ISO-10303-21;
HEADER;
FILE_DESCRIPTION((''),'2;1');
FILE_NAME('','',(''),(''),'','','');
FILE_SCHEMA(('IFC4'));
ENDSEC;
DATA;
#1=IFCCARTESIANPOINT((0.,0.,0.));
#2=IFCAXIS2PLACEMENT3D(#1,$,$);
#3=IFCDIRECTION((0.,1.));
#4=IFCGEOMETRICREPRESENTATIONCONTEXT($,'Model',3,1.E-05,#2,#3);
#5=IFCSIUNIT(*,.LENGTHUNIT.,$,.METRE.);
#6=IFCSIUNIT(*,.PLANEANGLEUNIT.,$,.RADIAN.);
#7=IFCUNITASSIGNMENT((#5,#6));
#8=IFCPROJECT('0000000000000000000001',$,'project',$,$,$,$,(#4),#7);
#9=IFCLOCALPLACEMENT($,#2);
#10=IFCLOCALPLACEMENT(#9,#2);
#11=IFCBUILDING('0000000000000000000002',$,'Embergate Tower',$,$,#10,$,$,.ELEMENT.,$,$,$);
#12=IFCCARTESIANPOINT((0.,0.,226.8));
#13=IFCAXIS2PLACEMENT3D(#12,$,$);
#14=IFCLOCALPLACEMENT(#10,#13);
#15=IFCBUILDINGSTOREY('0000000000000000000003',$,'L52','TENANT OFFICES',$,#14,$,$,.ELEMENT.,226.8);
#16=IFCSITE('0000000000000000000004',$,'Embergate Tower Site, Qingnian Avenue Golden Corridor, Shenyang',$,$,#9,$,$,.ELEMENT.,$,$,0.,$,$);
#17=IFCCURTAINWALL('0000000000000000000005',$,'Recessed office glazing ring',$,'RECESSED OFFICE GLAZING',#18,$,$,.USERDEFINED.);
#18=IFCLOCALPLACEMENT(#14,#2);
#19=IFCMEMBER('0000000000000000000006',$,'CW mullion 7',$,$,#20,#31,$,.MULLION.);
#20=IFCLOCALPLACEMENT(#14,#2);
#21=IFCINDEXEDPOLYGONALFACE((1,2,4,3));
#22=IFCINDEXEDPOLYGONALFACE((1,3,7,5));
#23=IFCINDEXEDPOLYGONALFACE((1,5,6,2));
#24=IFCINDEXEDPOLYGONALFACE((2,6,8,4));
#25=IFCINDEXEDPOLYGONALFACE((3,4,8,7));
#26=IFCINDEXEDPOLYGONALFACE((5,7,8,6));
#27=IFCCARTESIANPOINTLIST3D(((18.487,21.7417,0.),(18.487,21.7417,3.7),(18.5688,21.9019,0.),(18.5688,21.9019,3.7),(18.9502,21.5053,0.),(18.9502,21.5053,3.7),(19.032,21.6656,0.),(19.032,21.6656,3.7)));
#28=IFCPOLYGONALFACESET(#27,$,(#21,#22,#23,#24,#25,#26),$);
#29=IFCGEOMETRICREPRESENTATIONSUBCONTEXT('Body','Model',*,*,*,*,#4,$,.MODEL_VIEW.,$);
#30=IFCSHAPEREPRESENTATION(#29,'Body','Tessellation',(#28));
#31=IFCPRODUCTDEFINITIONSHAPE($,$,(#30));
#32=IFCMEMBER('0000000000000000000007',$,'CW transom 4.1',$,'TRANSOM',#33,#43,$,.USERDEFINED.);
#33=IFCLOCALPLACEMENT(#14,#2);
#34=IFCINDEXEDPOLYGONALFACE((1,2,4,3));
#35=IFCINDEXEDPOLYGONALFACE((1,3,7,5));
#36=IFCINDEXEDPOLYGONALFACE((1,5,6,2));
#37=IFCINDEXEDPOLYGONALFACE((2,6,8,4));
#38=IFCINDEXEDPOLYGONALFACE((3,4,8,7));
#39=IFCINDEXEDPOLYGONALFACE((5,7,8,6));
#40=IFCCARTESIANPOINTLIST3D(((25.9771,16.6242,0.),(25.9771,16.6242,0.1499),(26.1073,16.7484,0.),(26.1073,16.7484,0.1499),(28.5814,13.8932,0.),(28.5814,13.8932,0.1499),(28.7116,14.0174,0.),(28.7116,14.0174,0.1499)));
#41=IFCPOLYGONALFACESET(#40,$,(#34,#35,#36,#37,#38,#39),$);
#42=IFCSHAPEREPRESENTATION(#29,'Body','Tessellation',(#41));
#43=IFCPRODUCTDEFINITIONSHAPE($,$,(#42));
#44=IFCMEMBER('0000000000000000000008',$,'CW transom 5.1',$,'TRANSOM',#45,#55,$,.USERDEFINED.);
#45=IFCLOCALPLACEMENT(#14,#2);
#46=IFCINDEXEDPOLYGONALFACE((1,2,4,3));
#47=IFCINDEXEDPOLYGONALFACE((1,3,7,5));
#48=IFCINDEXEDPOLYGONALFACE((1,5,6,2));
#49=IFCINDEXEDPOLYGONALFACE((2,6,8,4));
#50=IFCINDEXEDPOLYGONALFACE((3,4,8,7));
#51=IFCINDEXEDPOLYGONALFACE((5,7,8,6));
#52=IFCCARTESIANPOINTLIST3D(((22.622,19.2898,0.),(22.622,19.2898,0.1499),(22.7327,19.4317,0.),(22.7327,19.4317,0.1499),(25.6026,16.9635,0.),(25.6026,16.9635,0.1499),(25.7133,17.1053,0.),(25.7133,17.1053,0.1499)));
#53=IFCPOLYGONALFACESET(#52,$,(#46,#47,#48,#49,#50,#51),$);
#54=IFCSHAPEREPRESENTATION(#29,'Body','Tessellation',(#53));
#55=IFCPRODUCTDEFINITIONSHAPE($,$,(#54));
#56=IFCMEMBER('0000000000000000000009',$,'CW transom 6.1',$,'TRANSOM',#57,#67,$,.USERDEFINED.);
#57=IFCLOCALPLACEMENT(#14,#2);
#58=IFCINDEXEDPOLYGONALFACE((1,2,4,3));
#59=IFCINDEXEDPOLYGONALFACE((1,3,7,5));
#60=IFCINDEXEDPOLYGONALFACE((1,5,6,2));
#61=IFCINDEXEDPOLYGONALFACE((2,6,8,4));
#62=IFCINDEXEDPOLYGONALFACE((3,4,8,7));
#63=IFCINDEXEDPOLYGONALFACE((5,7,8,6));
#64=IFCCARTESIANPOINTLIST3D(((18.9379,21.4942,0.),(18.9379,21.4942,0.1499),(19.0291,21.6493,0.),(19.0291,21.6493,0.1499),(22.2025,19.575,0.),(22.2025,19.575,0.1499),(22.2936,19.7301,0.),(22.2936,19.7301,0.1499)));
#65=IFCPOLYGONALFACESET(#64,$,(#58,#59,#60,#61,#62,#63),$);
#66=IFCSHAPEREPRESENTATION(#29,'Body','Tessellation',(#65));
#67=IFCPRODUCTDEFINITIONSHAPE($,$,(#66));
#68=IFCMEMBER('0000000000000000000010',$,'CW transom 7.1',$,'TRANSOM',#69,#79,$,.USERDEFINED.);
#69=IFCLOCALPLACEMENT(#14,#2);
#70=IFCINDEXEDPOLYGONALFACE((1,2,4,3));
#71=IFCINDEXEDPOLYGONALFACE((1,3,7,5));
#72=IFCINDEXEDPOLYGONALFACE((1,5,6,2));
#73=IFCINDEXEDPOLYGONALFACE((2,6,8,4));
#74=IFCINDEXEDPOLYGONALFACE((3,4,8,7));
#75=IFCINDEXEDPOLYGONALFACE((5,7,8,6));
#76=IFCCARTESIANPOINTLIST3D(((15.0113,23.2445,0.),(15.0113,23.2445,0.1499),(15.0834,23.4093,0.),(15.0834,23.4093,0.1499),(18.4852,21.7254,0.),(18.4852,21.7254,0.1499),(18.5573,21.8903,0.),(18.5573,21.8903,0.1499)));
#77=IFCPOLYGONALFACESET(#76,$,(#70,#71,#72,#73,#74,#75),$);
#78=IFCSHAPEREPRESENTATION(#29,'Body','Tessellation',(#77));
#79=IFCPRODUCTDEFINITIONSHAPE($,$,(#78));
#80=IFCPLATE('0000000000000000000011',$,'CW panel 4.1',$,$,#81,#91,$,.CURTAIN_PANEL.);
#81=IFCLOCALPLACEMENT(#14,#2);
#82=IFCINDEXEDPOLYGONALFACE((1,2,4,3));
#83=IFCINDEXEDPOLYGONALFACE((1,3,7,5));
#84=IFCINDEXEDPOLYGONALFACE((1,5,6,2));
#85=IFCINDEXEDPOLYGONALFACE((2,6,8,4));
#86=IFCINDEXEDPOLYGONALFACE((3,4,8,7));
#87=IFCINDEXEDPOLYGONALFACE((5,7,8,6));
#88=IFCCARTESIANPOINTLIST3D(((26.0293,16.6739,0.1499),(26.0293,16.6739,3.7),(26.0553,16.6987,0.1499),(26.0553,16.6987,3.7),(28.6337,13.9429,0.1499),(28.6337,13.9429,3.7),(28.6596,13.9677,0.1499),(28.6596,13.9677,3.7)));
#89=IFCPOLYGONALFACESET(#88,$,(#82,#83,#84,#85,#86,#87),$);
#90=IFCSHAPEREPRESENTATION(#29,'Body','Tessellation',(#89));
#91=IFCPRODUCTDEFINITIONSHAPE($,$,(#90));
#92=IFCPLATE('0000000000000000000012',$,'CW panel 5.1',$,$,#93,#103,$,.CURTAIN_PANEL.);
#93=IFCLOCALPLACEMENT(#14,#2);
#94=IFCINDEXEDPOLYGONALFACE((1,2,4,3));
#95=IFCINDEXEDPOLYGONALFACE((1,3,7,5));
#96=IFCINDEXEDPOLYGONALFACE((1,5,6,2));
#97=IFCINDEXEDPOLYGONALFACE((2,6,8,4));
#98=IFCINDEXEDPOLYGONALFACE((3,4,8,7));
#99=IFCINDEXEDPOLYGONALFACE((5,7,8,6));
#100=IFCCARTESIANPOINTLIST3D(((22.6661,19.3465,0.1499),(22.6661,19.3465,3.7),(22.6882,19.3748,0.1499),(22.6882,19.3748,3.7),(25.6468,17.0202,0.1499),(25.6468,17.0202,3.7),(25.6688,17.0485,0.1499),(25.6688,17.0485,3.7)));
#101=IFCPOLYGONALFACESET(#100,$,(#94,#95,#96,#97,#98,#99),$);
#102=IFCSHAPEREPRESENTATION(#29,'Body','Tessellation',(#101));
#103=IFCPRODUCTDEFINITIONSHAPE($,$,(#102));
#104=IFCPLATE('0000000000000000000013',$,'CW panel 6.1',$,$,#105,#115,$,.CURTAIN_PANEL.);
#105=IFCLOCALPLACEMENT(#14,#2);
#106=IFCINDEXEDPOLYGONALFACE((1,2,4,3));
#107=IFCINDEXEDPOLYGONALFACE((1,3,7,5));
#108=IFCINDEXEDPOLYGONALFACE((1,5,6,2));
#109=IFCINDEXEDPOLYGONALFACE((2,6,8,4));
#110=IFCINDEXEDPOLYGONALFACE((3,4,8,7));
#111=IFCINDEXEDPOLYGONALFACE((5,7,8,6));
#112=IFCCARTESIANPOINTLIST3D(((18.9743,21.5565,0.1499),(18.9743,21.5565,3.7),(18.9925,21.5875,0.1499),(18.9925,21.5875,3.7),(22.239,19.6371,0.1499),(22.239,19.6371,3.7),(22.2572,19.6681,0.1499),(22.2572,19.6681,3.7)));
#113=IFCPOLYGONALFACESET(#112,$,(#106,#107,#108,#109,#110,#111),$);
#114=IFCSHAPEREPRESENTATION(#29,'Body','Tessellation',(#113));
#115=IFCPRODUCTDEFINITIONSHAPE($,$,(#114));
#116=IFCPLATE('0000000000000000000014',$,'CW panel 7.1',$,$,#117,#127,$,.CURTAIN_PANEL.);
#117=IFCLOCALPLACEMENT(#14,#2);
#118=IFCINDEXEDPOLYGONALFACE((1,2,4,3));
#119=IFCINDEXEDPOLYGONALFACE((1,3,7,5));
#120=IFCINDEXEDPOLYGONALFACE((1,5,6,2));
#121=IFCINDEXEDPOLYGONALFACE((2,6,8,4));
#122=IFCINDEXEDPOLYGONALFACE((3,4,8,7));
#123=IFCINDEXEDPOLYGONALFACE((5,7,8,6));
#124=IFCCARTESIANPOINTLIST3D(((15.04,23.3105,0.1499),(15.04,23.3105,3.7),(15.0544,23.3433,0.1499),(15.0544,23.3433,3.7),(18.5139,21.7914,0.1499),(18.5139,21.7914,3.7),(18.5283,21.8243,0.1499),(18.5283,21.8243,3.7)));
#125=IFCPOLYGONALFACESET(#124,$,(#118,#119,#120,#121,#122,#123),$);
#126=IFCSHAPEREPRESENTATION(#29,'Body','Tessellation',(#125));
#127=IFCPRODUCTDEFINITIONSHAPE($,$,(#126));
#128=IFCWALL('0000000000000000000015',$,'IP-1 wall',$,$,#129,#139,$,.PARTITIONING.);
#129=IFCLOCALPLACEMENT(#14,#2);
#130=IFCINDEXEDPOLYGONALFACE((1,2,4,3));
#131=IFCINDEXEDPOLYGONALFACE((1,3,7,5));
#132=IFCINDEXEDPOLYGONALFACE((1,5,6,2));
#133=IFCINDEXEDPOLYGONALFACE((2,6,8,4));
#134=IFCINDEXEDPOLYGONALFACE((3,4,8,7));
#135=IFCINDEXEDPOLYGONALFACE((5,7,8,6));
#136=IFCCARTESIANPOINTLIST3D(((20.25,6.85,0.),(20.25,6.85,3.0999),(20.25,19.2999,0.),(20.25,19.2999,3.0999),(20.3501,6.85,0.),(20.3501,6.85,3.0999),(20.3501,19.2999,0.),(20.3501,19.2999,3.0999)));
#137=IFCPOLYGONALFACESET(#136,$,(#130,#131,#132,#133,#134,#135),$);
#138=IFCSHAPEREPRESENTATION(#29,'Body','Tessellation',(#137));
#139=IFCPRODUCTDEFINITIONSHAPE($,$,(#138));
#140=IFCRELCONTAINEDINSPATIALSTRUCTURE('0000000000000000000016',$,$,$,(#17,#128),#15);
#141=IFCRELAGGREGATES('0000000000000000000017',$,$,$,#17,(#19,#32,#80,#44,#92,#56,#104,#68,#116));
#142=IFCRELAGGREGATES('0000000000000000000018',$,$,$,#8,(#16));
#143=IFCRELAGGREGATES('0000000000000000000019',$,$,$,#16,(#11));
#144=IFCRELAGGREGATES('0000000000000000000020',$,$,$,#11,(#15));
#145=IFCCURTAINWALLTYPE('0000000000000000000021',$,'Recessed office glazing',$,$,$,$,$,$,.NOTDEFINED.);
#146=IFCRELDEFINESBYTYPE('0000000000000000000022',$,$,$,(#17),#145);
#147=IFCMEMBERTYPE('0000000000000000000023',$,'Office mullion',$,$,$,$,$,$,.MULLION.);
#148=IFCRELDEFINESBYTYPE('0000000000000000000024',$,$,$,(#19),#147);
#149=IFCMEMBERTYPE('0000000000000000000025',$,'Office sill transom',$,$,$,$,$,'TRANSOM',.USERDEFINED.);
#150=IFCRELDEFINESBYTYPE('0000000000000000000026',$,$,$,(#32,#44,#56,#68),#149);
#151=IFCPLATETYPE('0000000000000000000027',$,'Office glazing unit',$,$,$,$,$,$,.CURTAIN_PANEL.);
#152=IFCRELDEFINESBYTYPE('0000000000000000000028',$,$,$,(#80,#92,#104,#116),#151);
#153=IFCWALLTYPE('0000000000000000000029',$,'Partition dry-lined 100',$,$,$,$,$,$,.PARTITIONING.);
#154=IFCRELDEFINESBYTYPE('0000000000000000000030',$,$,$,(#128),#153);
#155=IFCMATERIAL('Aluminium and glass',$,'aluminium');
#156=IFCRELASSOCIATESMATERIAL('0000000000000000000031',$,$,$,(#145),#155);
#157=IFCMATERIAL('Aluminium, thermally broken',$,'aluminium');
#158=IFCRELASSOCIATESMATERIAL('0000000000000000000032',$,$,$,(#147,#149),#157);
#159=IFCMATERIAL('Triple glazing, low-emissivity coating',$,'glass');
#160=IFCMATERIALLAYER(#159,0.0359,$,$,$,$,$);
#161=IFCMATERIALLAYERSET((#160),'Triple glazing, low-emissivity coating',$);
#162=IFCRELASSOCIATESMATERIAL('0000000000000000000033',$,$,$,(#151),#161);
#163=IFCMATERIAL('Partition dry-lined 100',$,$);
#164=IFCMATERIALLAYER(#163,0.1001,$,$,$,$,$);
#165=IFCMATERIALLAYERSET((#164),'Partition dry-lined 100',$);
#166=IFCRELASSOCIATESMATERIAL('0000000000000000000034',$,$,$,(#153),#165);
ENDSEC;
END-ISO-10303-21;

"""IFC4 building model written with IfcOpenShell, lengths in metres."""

from ifc_helpers import new_model, si_unit, direction, frame, frame_2d, origin, origin_2d, place, context, subcontext, project, spatial, rectangle, extrude, source, transform, mapped, material, layer, layer_set, material_profile, profile_set, type_object, element, aggregate, save


model = new_model("IFC4")

# Units and contexts
model_context = context("Model", 3, precision=1e-05, world=origin(), true_north=direction((0.0, 1.0)))
body_context = subcontext(model_context, "Body", "Model", "MODEL_VIEW")
ifc_project = project(units=[si_unit("LENGTHUNIT", "METRE"), si_unit("PLANEANGLEUNIT", "RADIAN")], contexts=[model_context])

# Site, building, storey
site_placement = place(None, origin())
site = spatial("IfcSite", under=ifc_project, at=site_placement, Name="Embergate Tower Site, Qingnian Avenue Golden Corridor, Shenyang", CompositionType="ELEMENT", RefElevation=0.0)
building_placement = place(site_placement, origin())
building = spatial("IfcBuilding", under=site, at=building_placement, Name="Embergate Tower", CompositionType="ELEMENT")
storey_placement = place(building_placement, frame((0.0, 0.0, 226.8)))
storey = spatial("IfcBuildingStorey", under=building, at=storey_placement, Name="L52", Description="TENANT OFFICES", CompositionType="ELEMENT", Elevation=226.8)

# Curtain wall, members, plates
ifc_material_1 = material(Name="Aluminium and glass", Category="aluminium")
curtain_wall_type = type_object("IfcCurtainWallType", Name="Recessed office glazing", PredefinedType="NOTDEFINED", material=ifc_material_1)
curtain_wall_placement = place(storey_placement, origin())
curtain_wall = element("IfcCurtainWall", 1, at=curtain_wall_placement, inside=storey, type_object=curtain_wall_type, Name="Recessed office glazing ring", ObjectType="RECESSED OFFICE GLAZING", PredefinedType="USERDEFINED")
ifc_material_2 = material(Name="Aluminium, thermally broken", Category="aluminium")
ifc_material_profile_1 = material_profile(ifc_material_2, rectangle(XDim=0.1799, YDim=0.52, at=origin_2d()), Name="AL 520x180")
ifc_profile_set_1 = profile_set([ifc_material_profile_1], Name="Aluminium, thermally broken")
member_type_1 = type_object("IfcMemberType", Name="Office mullion", PredefinedType="MULLION", material=ifc_profile_set_1)
shared_shape_1 = source(origin(), body_context, "Body", "SweptSolid", [
    extrude(rectangle(XDim=0.1799, YDim=0.52, at=origin_2d()), origin(), (0.0, 0.0, 1.0), 3.7),
])
member_1_placement = place(storey_placement, frame((18.7595, 21.7036, 0.0), z_axis=(0.0, 0.0, 1.0), x_axis=(-0.454513, -0.89074, 0.0)))
member_1 = element("IfcMember", 2, at=member_1_placement, type_object=member_type_1, Name="CW mullion 7", PredefinedType="MULLION", context=body_context, shape_type="MappedRepresentation", body=[
    mapped(shared_shape_1, transform((0.0, 0.0, 0.0))),
])
ifc_material_profile_2 = material_profile(ifc_material_2, rectangle(XDim=0.1799, YDim=0.1499, at=origin_2d()), Name="AL 150x180")
ifc_profile_set_2 = profile_set([ifc_material_profile_2], Name="Aluminium, thermally broken")
member_type_2 = type_object("IfcMemberType", Name="Office sill transom", ElementType="TRANSOM", PredefinedType="USERDEFINED", material=ifc_profile_set_2)
shared_shape_2 = source(origin(), body_context, "Body", "SweptSolid", [
    extrude(rectangle(XDim=0.1799, YDim=0.1499, at=origin_2d()), origin(), (0.0, 0.0, 1.0), 3.7737),
])
member_2_placement = place(storey_placement, frame((28.6465, 13.9553, 0.075), z_axis=(-0.690119, 0.723696, 0.0), x_axis=(-0.723696, -0.690119, 0.0)))
member_2 = element("IfcMember", 3, at=member_2_placement, type_object=member_type_2, Name="CW transom 4.1", ObjectType="TRANSOM", PredefinedType="USERDEFINED", context=body_context, shape_type="MappedRepresentation", body=[
    mapped(shared_shape_2, transform((0.0, 0.0, 0.0))),
])
shared_shape_3 = source(origin(), body_context, "Body", "SweptSolid", [
    extrude(rectangle(XDim=0.1799, YDim=0.1499, at=origin_2d()), origin(), (0.0, 0.0, 1.0), 3.781),
])
member_3_placement = place(storey_placement, frame((25.658, 17.0344, 0.075), z_axis=(-0.788315, 0.615272, 0.0), x_axis=(-0.615272, -0.788315, 0.0)))
member_3 = element("IfcMember", 4, at=member_3_placement, type_object=member_type_2, Name="CW transom 5.1", ObjectType="TRANSOM", PredefinedType="USERDEFINED", context=body_context, shape_type="MappedRepresentation", body=[
    mapped(shared_shape_3, transform((0.0, 0.0, 0.0))),
])
shared_shape_4 = source(origin(), body_context, "Body", "SweptSolid", [
    extrude(rectangle(XDim=0.1799, YDim=0.1499, at=origin_2d()), origin(), (0.0, 0.0, 1.0), 3.7869),
])
member_4_placement = place(storey_placement, frame((22.248, 19.6526, 0.075), z_axis=(-0.862072, 0.506786, 0.0), x_axis=(-0.506786, -0.862072, 0.0)))
member_4 = element("IfcMember", 5, at=member_4_placement, type_object=member_type_2, Name="CW transom 6.1", ObjectType="TRANSOM", PredefinedType="USERDEFINED", context=body_context, shape_type="MappedRepresentation", body=[
    mapped(shared_shape_4, transform((0.0, 0.0, 0.0))),
])
shared_shape_5 = source(origin(), body_context, "Body", "SweptSolid", [
    extrude(rectangle(XDim=0.1799, YDim=0.1499, at=origin_2d()), origin(), (0.0, 0.0, 1.0), 3.7915),
])
member_5_placement = place(storey_placement, frame((18.5212, 21.8079, 0.075), z_axis=(-0.916233, 0.400647, 0.0), x_axis=(-0.400647, -0.916233, 0.0)))
member_5 = element("IfcMember", 6, at=member_5_placement, type_object=member_type_2, Name="CW transom 7.1", ObjectType="TRANSOM", PredefinedType="USERDEFINED", context=body_context, shape_type="MappedRepresentation", body=[
    mapped(shared_shape_5, transform((0.0, 0.0, 0.0))),
])
ifc_material_3 = material(Name="Triple glazing, low-emissivity coating", Category="glass")
ifc_layer_1 = layer(ifc_material_3, 0.0359)
ifc_layer_set_1 = layer_set([ifc_layer_1], Name="Triple glazing, low-emissivity coating")
plate_type = type_object("IfcPlateType", Name="Office glazing unit", PredefinedType="CURTAIN_PANEL", material=ifc_layer_set_1)
shared_shape_6 = source(origin(), body_context, "Body", "SweptSolid", [
    extrude(rectangle(XDim=3.7737, YDim=0.0359, at=origin_2d()), origin(), (0.0, 0.0, 1.0), 3.55),
])
plate_1_placement = place(storey_placement, frame((27.3445, 15.3208, 0.1499), z_axis=(0.0, 0.0, 1.0), x_axis=(-0.69013, 0.723685, 0.0)))
plate_1 = element("IfcPlate", 7, at=plate_1_placement, type_object=plate_type, Name="CW panel 4.1", PredefinedType="CURTAIN_PANEL", context=body_context, shape_type="MappedRepresentation", body=[
    mapped(shared_shape_6, transform((0.0, 0.0, 0.0))),
])
shared_shape_7 = source(origin(), body_context, "Body", "SweptSolid", [
    extrude(rectangle(XDim=3.781, YDim=0.0359, at=origin_2d()), origin(), (0.0, 0.0, 1.0), 3.55),
])
plate_2_placement = place(storey_placement, frame((24.1675, 18.1975, 0.1499), z_axis=(0.0, 0.0, 1.0), x_axis=(-0.788317, 0.615269, 0.0)))
plate_2 = element("IfcPlate", 8, at=plate_2_placement, type_object=plate_type, Name="CW panel 5.1", PredefinedType="CURTAIN_PANEL", context=body_context, shape_type="MappedRepresentation", body=[
    mapped(shared_shape_7, transform((0.0, 0.0, 0.0))),
])
shared_shape_8 = source(origin(), body_context, "Body", "SweptSolid", [
    extrude(rectangle(XDim=3.7871, YDim=0.0359, at=origin_2d()), origin(), (0.0, 0.0, 1.0), 3.55),
])
plate_3_placement = place(storey_placement, frame((20.6157, 20.6123, 0.1499), z_axis=(0.0, 0.0, 1.0), x_axis=(-0.862051, 0.506822, 0.0)))
plate_3 = element("IfcPlate", 9, at=plate_3_placement, type_object=plate_type, Name="CW panel 6.1", PredefinedType="CURTAIN_PANEL", context=body_context, shape_type="MappedRepresentation", body=[
    mapped(shared_shape_8, transform((0.0, 0.0, 0.0))),
])
shared_shape_9 = source(origin(), body_context, "Body", "SweptSolid", [
    extrude(rectangle(XDim=3.7915, YDim=0.0359, at=origin_2d()), origin(), (0.0, 0.0, 1.0), 3.55),
])
plate_4_placement = place(storey_placement, frame((16.7842, 22.5674, 0.1499), z_axis=(0.0, 0.0, 1.0), x_axis=(-0.916234, 0.400643, 0.0)))
plate_4 = element("IfcPlate", 10, at=plate_4_placement, type_object=plate_type, Name="CW panel 7.1", PredefinedType="CURTAIN_PANEL", context=body_context, shape_type="MappedRepresentation", body=[
    mapped(shared_shape_9, transform((0.0, 0.0, 0.0))),
])
aggregate(curtain_wall, [member_1, member_2, plate_1, member_3, plate_2, member_4, plate_3, member_5, plate_4])

# Wall
ifc_material_4 = material(Name="Partition dry-lined 100")
ifc_layer_2 = layer(ifc_material_4, 0.1001)
ifc_layer_set_2 = layer_set([ifc_layer_2], Name="Partition dry-lined 100")
wall_type = type_object("IfcWallType", Name="Partition dry-lined 100", PredefinedType="PARTITIONING", material=ifc_layer_set_2)
shared_shape_10 = source(origin(), body_context, "Body", "SweptSolid", [
    extrude(rectangle(XDim=12.45, YDim=0.1001, at=frame_2d((6.2251, 0.0))), origin(), (0.0, 0.0, 1.0), 3.0999),
])
wall_placement = place(storey_placement, frame((20.3, 19.3, 0.0), z_axis=(0.0, 0.0, 1.0), x_axis=(0.0, -1.0, 0.0)))
element("IfcWall", 11, at=wall_placement, inside=storey, type_object=wall_type, Name="IP-1 wall", PredefinedType="PARTITIONING", context=body_context, shape_type="MappedRepresentation", body=[
    mapped(shared_shape_10, transform((0.0, 0.0, 0.0))),
])

save(model, "model.ifc")
